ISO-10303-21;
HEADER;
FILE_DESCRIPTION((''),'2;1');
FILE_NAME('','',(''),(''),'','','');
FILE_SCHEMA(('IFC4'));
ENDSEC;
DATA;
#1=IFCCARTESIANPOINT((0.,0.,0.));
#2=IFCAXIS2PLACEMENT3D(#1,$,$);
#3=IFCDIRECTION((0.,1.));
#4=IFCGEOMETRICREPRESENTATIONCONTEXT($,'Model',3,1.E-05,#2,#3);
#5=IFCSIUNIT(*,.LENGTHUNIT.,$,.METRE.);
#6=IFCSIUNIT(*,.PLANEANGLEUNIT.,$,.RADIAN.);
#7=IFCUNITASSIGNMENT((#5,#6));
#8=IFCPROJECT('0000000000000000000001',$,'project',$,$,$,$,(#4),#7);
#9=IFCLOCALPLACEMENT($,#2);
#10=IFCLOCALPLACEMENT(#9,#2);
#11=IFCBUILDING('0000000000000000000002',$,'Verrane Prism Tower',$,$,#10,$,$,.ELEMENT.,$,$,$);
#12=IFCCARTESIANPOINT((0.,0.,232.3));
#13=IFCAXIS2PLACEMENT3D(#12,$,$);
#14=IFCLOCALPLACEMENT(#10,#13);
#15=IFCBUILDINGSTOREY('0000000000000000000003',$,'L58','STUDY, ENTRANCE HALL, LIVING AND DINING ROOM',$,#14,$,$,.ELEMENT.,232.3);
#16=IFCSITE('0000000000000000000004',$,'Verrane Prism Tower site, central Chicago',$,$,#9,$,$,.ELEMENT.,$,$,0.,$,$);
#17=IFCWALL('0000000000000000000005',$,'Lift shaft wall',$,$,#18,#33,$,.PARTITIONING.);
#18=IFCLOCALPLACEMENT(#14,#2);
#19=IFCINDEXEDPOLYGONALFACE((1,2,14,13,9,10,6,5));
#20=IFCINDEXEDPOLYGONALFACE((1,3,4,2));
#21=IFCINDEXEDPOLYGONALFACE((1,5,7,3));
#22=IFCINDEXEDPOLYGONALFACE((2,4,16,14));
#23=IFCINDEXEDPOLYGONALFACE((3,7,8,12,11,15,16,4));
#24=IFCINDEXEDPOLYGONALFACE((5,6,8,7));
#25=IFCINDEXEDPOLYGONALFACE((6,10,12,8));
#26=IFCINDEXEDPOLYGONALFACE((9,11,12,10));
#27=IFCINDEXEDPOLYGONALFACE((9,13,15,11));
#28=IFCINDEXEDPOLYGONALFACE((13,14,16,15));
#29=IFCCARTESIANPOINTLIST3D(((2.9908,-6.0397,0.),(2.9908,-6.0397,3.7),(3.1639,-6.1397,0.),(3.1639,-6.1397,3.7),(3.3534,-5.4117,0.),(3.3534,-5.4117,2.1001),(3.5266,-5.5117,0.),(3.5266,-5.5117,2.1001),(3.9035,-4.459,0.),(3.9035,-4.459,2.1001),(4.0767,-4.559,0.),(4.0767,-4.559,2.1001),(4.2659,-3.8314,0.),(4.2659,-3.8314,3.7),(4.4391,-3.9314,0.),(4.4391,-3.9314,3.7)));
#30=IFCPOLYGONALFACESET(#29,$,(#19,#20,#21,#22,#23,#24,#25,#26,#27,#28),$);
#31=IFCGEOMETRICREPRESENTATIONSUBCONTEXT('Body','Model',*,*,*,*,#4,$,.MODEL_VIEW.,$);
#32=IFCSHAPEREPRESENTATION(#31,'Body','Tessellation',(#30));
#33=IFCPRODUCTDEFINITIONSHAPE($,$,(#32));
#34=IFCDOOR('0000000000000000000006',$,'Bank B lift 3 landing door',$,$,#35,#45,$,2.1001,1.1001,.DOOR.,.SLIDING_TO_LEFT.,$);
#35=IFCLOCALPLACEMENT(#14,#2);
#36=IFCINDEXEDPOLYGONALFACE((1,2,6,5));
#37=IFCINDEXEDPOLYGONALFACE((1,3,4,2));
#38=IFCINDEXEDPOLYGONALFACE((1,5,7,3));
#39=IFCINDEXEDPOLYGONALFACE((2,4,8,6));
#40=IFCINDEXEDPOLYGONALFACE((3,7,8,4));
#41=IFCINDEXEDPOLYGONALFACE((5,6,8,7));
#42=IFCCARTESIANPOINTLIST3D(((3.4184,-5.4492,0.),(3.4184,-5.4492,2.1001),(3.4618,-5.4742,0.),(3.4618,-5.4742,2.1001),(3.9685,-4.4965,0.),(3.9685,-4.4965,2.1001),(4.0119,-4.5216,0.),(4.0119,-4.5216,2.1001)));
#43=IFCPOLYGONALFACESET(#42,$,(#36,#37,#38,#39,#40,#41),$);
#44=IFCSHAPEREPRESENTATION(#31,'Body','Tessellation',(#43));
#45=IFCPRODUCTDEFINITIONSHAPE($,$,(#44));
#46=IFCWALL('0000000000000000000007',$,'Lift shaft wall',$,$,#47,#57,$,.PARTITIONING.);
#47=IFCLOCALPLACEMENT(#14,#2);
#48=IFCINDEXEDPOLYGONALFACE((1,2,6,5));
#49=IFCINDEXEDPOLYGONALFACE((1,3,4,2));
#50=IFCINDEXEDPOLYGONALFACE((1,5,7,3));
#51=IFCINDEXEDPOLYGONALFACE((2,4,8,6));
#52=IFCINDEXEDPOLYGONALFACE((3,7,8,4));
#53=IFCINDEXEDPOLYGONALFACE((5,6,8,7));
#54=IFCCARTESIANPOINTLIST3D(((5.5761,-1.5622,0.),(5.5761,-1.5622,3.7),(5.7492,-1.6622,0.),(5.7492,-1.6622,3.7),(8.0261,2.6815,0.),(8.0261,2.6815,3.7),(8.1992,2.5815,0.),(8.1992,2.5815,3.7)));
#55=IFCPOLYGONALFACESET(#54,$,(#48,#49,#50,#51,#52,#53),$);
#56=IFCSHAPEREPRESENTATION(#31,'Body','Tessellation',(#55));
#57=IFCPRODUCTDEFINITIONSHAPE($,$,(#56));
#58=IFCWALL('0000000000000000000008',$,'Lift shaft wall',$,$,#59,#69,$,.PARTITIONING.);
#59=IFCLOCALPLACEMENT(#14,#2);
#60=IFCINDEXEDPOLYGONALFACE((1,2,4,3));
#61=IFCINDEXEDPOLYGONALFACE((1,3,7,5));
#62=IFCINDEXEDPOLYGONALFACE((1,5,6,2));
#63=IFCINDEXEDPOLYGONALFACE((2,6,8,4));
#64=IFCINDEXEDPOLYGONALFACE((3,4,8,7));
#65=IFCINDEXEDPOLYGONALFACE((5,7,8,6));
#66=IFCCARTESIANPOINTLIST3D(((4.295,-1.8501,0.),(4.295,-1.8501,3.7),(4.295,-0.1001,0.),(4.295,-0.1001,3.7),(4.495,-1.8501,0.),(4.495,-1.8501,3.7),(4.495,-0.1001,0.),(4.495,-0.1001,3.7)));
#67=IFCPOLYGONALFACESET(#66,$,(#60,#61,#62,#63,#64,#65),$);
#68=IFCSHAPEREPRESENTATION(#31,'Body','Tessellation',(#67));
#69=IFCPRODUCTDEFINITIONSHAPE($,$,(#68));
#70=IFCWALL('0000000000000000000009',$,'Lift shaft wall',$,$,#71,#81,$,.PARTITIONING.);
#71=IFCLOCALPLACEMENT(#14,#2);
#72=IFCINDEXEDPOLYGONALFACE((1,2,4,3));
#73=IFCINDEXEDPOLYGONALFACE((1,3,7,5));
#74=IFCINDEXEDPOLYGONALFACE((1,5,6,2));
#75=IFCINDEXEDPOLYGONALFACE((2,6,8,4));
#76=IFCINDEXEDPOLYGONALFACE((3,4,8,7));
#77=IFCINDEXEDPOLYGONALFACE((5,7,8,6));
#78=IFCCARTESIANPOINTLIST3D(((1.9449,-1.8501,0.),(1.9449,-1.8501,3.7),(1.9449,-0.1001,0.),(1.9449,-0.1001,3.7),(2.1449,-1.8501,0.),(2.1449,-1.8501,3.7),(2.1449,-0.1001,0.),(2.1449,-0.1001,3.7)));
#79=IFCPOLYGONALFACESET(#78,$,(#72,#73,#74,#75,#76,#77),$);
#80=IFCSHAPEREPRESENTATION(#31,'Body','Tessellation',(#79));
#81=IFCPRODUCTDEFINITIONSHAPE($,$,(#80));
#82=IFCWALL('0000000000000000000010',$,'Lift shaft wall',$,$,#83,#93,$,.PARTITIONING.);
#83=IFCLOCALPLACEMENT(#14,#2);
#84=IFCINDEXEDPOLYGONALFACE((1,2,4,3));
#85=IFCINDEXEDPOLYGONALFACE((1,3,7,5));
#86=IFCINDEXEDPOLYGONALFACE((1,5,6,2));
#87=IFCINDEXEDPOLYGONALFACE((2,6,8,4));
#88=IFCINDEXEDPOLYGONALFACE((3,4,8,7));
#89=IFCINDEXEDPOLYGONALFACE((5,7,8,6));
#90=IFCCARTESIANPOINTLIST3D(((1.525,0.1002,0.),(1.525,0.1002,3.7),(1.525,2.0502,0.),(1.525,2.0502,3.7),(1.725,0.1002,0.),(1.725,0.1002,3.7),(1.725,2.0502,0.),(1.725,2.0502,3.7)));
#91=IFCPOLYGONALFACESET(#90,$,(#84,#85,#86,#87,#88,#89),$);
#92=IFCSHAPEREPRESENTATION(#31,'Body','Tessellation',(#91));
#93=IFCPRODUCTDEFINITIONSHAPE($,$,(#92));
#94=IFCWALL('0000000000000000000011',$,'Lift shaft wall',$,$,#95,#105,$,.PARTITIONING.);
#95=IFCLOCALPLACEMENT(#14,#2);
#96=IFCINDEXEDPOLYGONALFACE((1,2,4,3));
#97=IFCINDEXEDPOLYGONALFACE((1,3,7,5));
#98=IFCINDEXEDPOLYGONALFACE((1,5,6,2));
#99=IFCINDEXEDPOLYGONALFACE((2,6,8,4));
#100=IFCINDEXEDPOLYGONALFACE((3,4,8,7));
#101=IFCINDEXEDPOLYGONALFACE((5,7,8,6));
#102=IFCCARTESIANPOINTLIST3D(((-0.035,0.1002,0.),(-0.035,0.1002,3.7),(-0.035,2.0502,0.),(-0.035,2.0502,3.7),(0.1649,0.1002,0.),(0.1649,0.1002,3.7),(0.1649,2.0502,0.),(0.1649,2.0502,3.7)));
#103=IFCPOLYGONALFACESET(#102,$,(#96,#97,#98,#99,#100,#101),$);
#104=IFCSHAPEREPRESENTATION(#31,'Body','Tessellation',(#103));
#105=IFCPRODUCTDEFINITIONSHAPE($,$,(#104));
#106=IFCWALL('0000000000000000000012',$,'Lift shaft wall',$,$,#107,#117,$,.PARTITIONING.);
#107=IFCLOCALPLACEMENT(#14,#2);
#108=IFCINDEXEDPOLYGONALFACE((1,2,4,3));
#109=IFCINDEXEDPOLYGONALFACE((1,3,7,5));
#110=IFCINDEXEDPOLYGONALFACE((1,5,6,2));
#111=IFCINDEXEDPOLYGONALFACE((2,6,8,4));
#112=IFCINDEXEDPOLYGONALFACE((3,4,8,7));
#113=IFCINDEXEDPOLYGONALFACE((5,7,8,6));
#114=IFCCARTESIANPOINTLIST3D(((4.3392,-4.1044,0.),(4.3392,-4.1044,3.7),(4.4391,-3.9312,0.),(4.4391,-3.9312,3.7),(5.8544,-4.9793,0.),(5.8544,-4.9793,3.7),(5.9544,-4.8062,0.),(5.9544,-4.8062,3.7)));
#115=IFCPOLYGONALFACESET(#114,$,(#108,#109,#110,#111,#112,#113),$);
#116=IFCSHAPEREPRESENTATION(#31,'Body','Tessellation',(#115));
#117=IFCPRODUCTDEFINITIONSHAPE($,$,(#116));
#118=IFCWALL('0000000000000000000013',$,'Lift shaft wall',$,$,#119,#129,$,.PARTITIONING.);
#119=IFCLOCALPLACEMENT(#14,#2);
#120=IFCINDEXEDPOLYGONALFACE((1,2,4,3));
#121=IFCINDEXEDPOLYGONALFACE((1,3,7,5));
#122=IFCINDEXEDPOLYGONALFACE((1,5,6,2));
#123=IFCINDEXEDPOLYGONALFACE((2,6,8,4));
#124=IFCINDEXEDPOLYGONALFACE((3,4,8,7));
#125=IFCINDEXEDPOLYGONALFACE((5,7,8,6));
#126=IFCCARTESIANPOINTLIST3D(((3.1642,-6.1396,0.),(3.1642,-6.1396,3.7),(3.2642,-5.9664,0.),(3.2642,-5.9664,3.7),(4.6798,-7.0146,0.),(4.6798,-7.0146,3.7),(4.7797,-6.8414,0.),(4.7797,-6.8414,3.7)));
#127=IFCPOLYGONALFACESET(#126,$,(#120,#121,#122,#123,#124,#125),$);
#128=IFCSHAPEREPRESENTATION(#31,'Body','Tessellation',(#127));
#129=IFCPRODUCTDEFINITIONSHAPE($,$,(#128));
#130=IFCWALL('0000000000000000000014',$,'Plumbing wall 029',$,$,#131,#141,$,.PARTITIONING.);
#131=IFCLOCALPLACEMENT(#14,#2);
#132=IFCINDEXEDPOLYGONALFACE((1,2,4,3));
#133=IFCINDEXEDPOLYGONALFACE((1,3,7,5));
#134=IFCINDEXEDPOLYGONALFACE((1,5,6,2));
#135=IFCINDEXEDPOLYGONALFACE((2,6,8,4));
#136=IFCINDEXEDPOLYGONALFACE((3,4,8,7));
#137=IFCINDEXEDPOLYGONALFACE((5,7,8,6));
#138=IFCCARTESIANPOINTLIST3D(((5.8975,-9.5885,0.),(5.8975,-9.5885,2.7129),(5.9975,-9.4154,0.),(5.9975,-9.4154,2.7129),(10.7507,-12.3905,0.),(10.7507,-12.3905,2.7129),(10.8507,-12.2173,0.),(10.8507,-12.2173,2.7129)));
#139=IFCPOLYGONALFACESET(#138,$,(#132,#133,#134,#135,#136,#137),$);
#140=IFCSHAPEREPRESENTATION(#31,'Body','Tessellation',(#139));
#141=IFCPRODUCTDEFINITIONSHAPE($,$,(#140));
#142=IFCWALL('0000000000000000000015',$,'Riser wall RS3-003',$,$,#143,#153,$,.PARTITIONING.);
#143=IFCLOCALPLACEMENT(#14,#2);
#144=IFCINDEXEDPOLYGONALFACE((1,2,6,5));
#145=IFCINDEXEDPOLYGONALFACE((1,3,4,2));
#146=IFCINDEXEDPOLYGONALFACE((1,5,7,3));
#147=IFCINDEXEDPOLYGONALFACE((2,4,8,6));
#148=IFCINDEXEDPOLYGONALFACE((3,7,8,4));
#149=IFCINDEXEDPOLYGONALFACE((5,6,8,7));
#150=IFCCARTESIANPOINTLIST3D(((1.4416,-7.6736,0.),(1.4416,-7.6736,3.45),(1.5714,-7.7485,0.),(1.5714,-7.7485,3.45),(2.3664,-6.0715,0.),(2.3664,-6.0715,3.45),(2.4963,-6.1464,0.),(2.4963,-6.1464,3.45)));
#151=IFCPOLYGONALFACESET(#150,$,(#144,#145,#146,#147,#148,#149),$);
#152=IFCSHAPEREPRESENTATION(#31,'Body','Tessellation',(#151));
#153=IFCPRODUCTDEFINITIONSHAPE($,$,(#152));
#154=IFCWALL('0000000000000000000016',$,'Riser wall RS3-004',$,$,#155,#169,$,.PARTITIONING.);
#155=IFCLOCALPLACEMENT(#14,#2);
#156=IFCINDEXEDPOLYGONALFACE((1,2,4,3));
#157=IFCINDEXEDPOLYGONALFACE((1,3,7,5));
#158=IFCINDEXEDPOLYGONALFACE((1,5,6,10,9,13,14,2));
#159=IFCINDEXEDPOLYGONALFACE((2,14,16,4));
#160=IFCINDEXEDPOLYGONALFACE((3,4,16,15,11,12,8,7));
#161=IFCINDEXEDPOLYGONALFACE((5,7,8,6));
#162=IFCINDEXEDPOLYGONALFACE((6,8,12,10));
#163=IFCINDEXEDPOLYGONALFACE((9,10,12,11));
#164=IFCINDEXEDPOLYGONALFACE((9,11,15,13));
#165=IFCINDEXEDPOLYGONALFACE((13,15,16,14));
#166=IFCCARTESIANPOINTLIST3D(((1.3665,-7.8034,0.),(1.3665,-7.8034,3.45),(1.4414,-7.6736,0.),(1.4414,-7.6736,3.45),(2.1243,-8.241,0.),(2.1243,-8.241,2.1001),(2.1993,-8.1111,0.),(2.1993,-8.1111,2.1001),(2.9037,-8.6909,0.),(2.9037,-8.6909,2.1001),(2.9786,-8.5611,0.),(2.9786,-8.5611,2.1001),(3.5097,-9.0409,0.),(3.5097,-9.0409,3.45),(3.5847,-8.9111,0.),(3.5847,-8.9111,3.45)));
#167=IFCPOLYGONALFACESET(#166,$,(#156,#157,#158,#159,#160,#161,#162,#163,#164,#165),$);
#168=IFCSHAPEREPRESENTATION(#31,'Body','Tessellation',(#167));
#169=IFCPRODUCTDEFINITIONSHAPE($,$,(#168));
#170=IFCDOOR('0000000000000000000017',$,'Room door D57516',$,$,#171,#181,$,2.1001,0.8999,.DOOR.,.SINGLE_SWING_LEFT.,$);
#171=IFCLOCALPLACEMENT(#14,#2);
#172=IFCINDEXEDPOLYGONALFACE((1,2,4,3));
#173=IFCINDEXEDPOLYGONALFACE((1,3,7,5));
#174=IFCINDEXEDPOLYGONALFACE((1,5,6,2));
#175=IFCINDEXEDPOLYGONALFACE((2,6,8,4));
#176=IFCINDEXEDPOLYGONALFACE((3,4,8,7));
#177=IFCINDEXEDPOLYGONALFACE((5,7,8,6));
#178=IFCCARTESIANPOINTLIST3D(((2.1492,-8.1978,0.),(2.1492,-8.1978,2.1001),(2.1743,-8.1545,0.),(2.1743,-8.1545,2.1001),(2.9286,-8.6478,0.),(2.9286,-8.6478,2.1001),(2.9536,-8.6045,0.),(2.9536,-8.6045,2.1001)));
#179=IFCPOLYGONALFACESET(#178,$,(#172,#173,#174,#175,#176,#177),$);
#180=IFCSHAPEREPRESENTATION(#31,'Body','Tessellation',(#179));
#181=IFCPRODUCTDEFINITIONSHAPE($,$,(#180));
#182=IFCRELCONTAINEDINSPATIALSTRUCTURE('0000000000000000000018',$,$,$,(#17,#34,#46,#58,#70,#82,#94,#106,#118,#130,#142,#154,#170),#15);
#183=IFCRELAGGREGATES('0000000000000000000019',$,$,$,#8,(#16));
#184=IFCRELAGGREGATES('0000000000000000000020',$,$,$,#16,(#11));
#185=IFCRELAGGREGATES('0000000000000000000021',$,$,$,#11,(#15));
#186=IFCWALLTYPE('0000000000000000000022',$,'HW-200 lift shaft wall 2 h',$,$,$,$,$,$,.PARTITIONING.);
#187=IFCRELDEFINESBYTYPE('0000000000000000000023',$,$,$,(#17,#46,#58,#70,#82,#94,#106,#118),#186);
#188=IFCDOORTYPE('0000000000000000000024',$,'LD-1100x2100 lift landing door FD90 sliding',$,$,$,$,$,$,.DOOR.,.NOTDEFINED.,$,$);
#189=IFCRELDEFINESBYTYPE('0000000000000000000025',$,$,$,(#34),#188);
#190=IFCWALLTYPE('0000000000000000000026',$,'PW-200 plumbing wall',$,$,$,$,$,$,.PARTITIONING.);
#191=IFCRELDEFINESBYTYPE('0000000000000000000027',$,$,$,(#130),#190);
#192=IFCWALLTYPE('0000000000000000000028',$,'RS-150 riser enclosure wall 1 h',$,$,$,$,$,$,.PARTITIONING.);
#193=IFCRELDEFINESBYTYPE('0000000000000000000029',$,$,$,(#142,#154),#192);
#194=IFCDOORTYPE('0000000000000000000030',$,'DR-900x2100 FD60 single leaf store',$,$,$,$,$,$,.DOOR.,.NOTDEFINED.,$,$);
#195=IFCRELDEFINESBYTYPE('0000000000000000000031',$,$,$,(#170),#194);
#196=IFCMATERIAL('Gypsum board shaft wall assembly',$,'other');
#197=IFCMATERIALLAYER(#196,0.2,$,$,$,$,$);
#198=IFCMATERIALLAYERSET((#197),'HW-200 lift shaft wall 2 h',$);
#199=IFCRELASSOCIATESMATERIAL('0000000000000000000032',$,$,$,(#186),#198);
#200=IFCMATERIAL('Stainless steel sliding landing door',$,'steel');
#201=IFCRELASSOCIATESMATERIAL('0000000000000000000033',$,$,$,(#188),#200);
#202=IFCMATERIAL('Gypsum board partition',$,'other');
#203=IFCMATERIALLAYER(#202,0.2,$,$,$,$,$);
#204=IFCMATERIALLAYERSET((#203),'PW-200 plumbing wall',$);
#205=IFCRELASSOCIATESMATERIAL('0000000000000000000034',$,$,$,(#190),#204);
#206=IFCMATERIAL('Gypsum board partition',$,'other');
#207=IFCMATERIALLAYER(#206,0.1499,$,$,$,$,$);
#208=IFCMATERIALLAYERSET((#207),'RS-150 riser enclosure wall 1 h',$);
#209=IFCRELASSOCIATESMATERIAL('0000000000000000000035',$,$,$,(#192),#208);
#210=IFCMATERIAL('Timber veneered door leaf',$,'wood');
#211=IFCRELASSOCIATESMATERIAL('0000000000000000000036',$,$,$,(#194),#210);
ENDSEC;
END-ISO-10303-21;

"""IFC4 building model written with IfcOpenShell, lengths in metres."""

from ifc_helpers import new_model, si_unit, direction, frame, frame_2d, origin, place, context, subcontext, project, spatial, rectangle, extrude, material, layer, layer_set, type_object, element, fill, save


model = new_model("IFC4")

# Units and contexts
model_context = context("Model", 3, precision=1e-05, world=origin(), true_north=direction((0.0, 1.0)))
body_context = subcontext(model_context, "Body", "Model", "MODEL_VIEW")
ifc_project = project(units=[si_unit("LENGTHUNIT", "METRE"), si_unit("PLANEANGLEUNIT", "RADIAN")], contexts=[model_context])

# Site, building, storey
site_placement = place(None, origin())
site = spatial("IfcSite", under=ifc_project, at=site_placement, Name="Verrane Prism Tower site, central Chicago", CompositionType="ELEMENT", RefElevation=0.0)
building_placement = place(site_placement, origin())
building = spatial("IfcBuilding", under=site, at=building_placement, Name="Verrane Prism Tower", CompositionType="ELEMENT")
storey_placement = place(building_placement, frame((0.0, 0.0, 232.3)))
storey = spatial("IfcBuildingStorey", under=building, at=storey_placement, Name="L58", Description="STUDY, ENTRANCE HALL, LIVING AND DINING ROOM", CompositionType="ELEMENT", Elevation=232.3)

# Shared definitions
ifc_material_1 = material(Name="Gypsum board shaft wall assembly", Category="other")
ifc_layer_1 = layer(ifc_material_1, 0.2)
ifc_layer_set_1 = layer_set([ifc_layer_1], Name="HW-200 lift shaft wall 2 h")
wall_type_1 = type_object("IfcWallType", Name="HW-200 lift shaft wall 2 h", PredefinedType="PARTITIONING", material=ifc_layer_set_1)

# Wall, opening, door
wall_1_placement = place(storey_placement, frame((3.0774, -6.0896, 0.0), z_axis=(0.0, 0.0, 1.0), x_axis=(0.500062, 0.865989, 0.0)))
wall_1 = element("IfcWall", 1, at=wall_1_placement, inside=storey, type_object=wall_type_1, Name="Lift shaft wall", PredefinedType="PARTITIONING", context=body_context, shape_type="SweptSolid", body=[
    extrude(rectangle(XDim=2.55, YDim=0.2, at=frame_2d((1.2749, 0.0))), origin(), (0.0, 0.0, 1.0), 3.7),
])
opening_1_placement = place(wall_1_placement, frame((0.7251, 0.0, 0.0)))
opening_1 = element("IfcOpeningElement", 2, at=opening_1_placement, cuts=wall_1, PredefinedType="OPENING", context=body_context, shape_type="SweptSolid", body=[
    extrude(rectangle(XDim=1.1001, YDim=2.1001, at=frame_2d((0.55, 1.05))), frame((0.0, 0.1099, 0.0), z_axis=(0.0, -1.0, 0.0), x_axis=(1.0, 0.0, 0.0)), (0.0, 0.0, 1.0), 0.22),
])
ifc_material_2 = material(Name="Stainless steel sliding landing door", Category="steel")
door_type_1 = type_object("IfcDoorType", Name="LD-1100x2100 lift landing door FD90 sliding", OperationType="NOTDEFINED", PredefinedType="DOOR", material=ifc_material_2)
door_1_placement = place(opening_1_placement, origin())
door_1 = element("IfcDoor", 3, at=door_1_placement, inside=storey, type_object=door_type_1, Name="Bank B lift 3 landing door", OperationType="SLIDING_TO_LEFT", OverallHeight=2.1001, OverallWidth=1.1001, PredefinedType="DOOR", context=body_context, shape_type="SweptSolid", body=[
    extrude(rectangle(XDim=1.1001, YDim=2.1001, at=frame_2d((0.55, 1.05))), frame((0.0, 0.0249, 0.0), z_axis=(0.0, -1.0, 0.0), x_axis=(1.0, 0.0, 0.0)), (0.0, 0.0, 1.0), 0.05),
])
fill(opening_1, door_1)

# Walls
wall_2_placement = place(storey_placement, frame((5.6626, -1.6123, 0.0), z_axis=(0.0, 0.0, 1.0), x_axis=(0.499981, 0.866036, 0.0)))
element("IfcWall", 4, at=wall_2_placement, inside=storey, type_object=wall_type_1, Name="Lift shaft wall", PredefinedType="PARTITIONING", context=body_context, shape_type="SweptSolid", body=[
    extrude(rectangle(XDim=4.9001, YDim=0.2, at=frame_2d((2.4502, 0.0))), origin(), (0.0, 0.0, 1.0), 3.7),
])
for number, where, z_axis, x_axis, name in (
    (5, (4.395, -1.8501, 0.0), (0.0, 0.0, 1.0), (0.0, 1.0, 0.0), "Lift shaft wall"),
    (6, (2.0449, -1.8501, 0.0), (0.0, 0.0, 1.0), (0.0, 1.0, 0.0), "Lift shaft wall"),
):
    element("IfcWall", number, at=place(storey_placement, frame(where, z_axis=z_axis, x_axis=x_axis)), inside=storey, type_object=wall_type_1, Name=name, PredefinedType="PARTITIONING", context=body_context, shape_type="SweptSolid", body=[
        extrude(rectangle(XDim=1.75, YDim=0.2, at=frame_2d((0.875, 0.0))), origin(), (0.0, 0.0, 1.0), 3.7),
    ])
for number, where, z_axis, x_axis, name in (
    (7, (1.625, 0.1001, 0.0), (0.0, 0.0, 1.0), (0.0, 1.0, 0.0), "Lift shaft wall"),
    (8, (0.0649, 0.1001, 0.0), (0.0, 0.0, 1.0), (0.0, 1.0, 0.0), "Lift shaft wall"),
):
    element("IfcWall", number, at=place(storey_placement, frame(where, z_axis=z_axis, x_axis=x_axis)), inside=storey, type_object=wall_type_1, Name=name, PredefinedType="PARTITIONING", context=body_context, shape_type="SweptSolid", body=[
        extrude(rectangle(XDim=1.95, YDim=0.2, at=frame_2d((0.9751, 0.0))), origin(), (0.0, 0.0, 1.0), 3.7),
    ])
wall_3_placement = place(storey_placement, frame((5.9045, -4.8928, 0.0), z_axis=(0.0, 0.0, 1.0), x_axis=(-0.866002, 0.50004, 0.0)))
element("IfcWall", 9, at=wall_3_placement, inside=storey, type_object=wall_type_1, Name="Lift shaft wall", PredefinedType="PARTITIONING", context=body_context, shape_type="SweptSolid", body=[
    extrude(rectangle(XDim=1.7498, YDim=0.2, at=frame_2d((0.875, 0.0))), origin(), (0.0, 0.0, 1.0), 3.7),
])
wall_4_placement = place(storey_placement, frame((4.7297, -6.928, 0.0), z_axis=(0.0, 0.0, 1.0), x_axis=(-0.866037, 0.49998, 0.0)))
element("IfcWall", 10, at=wall_4_placement, inside=storey, type_object=wall_type_1, Name="Lift shaft wall", PredefinedType="PARTITIONING", context=body_context, shape_type="SweptSolid", body=[
    extrude(rectangle(XDim=1.75, YDim=0.2, at=frame_2d((0.875, 0.0))), origin(), (0.0, 0.0, 1.0), 3.7),
])
ifc_material_3 = material(Name="Gypsum board partition", Category="other")
ifc_layer_2 = layer(ifc_material_3, 0.2)
ifc_layer_set_2 = layer_set([ifc_layer_2], Name="PW-200 plumbing wall")
wall_type_2 = type_object("IfcWallType", Name="PW-200 plumbing wall", PredefinedType="PARTITIONING", material=ifc_layer_set_2)
wall_5_placement = place(storey_placement, frame((5.9475, -9.502, 0.0), z_axis=(0.0, 0.0, 1.0), x_axis=(0.866028, -0.499995, 0.0)))
element("IfcWall", 11, at=wall_5_placement, inside=storey, type_object=wall_type_2, Name="Plumbing wall 029", PredefinedType="PARTITIONING", context=body_context, shape_type="SweptSolid", body=[
    extrude(rectangle(XDim=5.604, YDim=0.2, at=frame_2d((2.802, 0.0))), origin(), (0.0, 0.0, 1.0), 2.7129),
])
ifc_material_4 = material(Name="Gypsum board partition", Category="other")
ifc_layer_3 = layer(ifc_material_4, 0.1499)
ifc_layer_set_3 = layer_set([ifc_layer_3], Name="RS-150 riser enclosure wall 1 h")
wall_type_3 = type_object("IfcWallType", Name="RS-150 riser enclosure wall 1 h", PredefinedType="PARTITIONING", material=ifc_layer_set_3)
wall_6_placement = place(storey_placement, frame((1.5066, -7.7109, 0.0), z_axis=(0.0, 0.0, 1.0), x_axis=(0.499943, 0.866058, 0.0)))
element("IfcWall", 12, at=wall_6_placement, inside=storey, type_object=wall_type_3, Name="Riser wall RS3-003", PredefinedType="PARTITIONING", context=body_context, shape_type="SweptSolid", body=[
    extrude(rectangle(XDim=1.8499, YDim=0.1499, at=frame_2d((0.9248, 0.0))), origin(), (0.0, 0.0, 1.0), 3.45),
])

# Wall, opening, door
wall_7_placement = place(storey_placement, frame((1.4041, -7.7385, 0.0), z_axis=(0.0, 0.0, 1.0), x_axis=(0.866007, -0.500033, 0.0)))
wall_7 = element("IfcWall", 13, at=wall_7_placement, inside=storey, type_object=wall_type_3, Name="Riser wall RS3-004", PredefinedType="PARTITIONING", context=body_context, shape_type="SweptSolid", body=[
    extrude(rectangle(XDim=2.4749, YDim=0.1499, at=frame_2d((1.2373, 0.0))), origin(), (0.0, 0.0, 1.0), 3.45),
])
opening_2_placement = place(wall_7_placement, frame((0.875, 0.0, 0.0)))
opening_2 = element("IfcOpeningElement", 14, at=opening_2_placement, cuts=wall_7, PredefinedType="OPENING", context=body_context, shape_type="SweptSolid", body=[
    extrude(rectangle(XDim=0.8999, YDim=2.1001, at=frame_2d((0.45, 1.05))), frame((0.0, 0.085, 0.0), z_axis=(0.0, -1.0, 0.0), x_axis=(1.0, 0.0, 0.0)), (0.0, 0.0, 1.0), 0.1699),
])
ifc_material_5 = material(Name="Timber veneered door leaf", Category="wood")
door_type_2 = type_object("IfcDoorType", Name="DR-900x2100 FD60 single leaf store", OperationType="NOTDEFINED", PredefinedType="DOOR", material=ifc_material_5)
door_2_placement = place(opening_2_placement, origin())
door_2 = element("IfcDoor", 15, at=door_2_placement, inside=storey, type_object=door_type_2, Name="Room door D57516", OperationType="SINGLE_SWING_LEFT", OverallHeight=2.1001, OverallWidth=0.8999, PredefinedType="DOOR", context=body_context, shape_type="SweptSolid", body=[
    extrude(rectangle(XDim=0.8999, YDim=2.1001, at=frame_2d((0.45, 1.05))), frame((0.0, 0.0249, 0.0), z_axis=(0.0, -1.0, 0.0), x_axis=(1.0, 0.0, 0.0)), (0.0, 0.0, 1.0), 0.05),
])
fill(opening_2, door_2)

save(model, "model.ifc")
